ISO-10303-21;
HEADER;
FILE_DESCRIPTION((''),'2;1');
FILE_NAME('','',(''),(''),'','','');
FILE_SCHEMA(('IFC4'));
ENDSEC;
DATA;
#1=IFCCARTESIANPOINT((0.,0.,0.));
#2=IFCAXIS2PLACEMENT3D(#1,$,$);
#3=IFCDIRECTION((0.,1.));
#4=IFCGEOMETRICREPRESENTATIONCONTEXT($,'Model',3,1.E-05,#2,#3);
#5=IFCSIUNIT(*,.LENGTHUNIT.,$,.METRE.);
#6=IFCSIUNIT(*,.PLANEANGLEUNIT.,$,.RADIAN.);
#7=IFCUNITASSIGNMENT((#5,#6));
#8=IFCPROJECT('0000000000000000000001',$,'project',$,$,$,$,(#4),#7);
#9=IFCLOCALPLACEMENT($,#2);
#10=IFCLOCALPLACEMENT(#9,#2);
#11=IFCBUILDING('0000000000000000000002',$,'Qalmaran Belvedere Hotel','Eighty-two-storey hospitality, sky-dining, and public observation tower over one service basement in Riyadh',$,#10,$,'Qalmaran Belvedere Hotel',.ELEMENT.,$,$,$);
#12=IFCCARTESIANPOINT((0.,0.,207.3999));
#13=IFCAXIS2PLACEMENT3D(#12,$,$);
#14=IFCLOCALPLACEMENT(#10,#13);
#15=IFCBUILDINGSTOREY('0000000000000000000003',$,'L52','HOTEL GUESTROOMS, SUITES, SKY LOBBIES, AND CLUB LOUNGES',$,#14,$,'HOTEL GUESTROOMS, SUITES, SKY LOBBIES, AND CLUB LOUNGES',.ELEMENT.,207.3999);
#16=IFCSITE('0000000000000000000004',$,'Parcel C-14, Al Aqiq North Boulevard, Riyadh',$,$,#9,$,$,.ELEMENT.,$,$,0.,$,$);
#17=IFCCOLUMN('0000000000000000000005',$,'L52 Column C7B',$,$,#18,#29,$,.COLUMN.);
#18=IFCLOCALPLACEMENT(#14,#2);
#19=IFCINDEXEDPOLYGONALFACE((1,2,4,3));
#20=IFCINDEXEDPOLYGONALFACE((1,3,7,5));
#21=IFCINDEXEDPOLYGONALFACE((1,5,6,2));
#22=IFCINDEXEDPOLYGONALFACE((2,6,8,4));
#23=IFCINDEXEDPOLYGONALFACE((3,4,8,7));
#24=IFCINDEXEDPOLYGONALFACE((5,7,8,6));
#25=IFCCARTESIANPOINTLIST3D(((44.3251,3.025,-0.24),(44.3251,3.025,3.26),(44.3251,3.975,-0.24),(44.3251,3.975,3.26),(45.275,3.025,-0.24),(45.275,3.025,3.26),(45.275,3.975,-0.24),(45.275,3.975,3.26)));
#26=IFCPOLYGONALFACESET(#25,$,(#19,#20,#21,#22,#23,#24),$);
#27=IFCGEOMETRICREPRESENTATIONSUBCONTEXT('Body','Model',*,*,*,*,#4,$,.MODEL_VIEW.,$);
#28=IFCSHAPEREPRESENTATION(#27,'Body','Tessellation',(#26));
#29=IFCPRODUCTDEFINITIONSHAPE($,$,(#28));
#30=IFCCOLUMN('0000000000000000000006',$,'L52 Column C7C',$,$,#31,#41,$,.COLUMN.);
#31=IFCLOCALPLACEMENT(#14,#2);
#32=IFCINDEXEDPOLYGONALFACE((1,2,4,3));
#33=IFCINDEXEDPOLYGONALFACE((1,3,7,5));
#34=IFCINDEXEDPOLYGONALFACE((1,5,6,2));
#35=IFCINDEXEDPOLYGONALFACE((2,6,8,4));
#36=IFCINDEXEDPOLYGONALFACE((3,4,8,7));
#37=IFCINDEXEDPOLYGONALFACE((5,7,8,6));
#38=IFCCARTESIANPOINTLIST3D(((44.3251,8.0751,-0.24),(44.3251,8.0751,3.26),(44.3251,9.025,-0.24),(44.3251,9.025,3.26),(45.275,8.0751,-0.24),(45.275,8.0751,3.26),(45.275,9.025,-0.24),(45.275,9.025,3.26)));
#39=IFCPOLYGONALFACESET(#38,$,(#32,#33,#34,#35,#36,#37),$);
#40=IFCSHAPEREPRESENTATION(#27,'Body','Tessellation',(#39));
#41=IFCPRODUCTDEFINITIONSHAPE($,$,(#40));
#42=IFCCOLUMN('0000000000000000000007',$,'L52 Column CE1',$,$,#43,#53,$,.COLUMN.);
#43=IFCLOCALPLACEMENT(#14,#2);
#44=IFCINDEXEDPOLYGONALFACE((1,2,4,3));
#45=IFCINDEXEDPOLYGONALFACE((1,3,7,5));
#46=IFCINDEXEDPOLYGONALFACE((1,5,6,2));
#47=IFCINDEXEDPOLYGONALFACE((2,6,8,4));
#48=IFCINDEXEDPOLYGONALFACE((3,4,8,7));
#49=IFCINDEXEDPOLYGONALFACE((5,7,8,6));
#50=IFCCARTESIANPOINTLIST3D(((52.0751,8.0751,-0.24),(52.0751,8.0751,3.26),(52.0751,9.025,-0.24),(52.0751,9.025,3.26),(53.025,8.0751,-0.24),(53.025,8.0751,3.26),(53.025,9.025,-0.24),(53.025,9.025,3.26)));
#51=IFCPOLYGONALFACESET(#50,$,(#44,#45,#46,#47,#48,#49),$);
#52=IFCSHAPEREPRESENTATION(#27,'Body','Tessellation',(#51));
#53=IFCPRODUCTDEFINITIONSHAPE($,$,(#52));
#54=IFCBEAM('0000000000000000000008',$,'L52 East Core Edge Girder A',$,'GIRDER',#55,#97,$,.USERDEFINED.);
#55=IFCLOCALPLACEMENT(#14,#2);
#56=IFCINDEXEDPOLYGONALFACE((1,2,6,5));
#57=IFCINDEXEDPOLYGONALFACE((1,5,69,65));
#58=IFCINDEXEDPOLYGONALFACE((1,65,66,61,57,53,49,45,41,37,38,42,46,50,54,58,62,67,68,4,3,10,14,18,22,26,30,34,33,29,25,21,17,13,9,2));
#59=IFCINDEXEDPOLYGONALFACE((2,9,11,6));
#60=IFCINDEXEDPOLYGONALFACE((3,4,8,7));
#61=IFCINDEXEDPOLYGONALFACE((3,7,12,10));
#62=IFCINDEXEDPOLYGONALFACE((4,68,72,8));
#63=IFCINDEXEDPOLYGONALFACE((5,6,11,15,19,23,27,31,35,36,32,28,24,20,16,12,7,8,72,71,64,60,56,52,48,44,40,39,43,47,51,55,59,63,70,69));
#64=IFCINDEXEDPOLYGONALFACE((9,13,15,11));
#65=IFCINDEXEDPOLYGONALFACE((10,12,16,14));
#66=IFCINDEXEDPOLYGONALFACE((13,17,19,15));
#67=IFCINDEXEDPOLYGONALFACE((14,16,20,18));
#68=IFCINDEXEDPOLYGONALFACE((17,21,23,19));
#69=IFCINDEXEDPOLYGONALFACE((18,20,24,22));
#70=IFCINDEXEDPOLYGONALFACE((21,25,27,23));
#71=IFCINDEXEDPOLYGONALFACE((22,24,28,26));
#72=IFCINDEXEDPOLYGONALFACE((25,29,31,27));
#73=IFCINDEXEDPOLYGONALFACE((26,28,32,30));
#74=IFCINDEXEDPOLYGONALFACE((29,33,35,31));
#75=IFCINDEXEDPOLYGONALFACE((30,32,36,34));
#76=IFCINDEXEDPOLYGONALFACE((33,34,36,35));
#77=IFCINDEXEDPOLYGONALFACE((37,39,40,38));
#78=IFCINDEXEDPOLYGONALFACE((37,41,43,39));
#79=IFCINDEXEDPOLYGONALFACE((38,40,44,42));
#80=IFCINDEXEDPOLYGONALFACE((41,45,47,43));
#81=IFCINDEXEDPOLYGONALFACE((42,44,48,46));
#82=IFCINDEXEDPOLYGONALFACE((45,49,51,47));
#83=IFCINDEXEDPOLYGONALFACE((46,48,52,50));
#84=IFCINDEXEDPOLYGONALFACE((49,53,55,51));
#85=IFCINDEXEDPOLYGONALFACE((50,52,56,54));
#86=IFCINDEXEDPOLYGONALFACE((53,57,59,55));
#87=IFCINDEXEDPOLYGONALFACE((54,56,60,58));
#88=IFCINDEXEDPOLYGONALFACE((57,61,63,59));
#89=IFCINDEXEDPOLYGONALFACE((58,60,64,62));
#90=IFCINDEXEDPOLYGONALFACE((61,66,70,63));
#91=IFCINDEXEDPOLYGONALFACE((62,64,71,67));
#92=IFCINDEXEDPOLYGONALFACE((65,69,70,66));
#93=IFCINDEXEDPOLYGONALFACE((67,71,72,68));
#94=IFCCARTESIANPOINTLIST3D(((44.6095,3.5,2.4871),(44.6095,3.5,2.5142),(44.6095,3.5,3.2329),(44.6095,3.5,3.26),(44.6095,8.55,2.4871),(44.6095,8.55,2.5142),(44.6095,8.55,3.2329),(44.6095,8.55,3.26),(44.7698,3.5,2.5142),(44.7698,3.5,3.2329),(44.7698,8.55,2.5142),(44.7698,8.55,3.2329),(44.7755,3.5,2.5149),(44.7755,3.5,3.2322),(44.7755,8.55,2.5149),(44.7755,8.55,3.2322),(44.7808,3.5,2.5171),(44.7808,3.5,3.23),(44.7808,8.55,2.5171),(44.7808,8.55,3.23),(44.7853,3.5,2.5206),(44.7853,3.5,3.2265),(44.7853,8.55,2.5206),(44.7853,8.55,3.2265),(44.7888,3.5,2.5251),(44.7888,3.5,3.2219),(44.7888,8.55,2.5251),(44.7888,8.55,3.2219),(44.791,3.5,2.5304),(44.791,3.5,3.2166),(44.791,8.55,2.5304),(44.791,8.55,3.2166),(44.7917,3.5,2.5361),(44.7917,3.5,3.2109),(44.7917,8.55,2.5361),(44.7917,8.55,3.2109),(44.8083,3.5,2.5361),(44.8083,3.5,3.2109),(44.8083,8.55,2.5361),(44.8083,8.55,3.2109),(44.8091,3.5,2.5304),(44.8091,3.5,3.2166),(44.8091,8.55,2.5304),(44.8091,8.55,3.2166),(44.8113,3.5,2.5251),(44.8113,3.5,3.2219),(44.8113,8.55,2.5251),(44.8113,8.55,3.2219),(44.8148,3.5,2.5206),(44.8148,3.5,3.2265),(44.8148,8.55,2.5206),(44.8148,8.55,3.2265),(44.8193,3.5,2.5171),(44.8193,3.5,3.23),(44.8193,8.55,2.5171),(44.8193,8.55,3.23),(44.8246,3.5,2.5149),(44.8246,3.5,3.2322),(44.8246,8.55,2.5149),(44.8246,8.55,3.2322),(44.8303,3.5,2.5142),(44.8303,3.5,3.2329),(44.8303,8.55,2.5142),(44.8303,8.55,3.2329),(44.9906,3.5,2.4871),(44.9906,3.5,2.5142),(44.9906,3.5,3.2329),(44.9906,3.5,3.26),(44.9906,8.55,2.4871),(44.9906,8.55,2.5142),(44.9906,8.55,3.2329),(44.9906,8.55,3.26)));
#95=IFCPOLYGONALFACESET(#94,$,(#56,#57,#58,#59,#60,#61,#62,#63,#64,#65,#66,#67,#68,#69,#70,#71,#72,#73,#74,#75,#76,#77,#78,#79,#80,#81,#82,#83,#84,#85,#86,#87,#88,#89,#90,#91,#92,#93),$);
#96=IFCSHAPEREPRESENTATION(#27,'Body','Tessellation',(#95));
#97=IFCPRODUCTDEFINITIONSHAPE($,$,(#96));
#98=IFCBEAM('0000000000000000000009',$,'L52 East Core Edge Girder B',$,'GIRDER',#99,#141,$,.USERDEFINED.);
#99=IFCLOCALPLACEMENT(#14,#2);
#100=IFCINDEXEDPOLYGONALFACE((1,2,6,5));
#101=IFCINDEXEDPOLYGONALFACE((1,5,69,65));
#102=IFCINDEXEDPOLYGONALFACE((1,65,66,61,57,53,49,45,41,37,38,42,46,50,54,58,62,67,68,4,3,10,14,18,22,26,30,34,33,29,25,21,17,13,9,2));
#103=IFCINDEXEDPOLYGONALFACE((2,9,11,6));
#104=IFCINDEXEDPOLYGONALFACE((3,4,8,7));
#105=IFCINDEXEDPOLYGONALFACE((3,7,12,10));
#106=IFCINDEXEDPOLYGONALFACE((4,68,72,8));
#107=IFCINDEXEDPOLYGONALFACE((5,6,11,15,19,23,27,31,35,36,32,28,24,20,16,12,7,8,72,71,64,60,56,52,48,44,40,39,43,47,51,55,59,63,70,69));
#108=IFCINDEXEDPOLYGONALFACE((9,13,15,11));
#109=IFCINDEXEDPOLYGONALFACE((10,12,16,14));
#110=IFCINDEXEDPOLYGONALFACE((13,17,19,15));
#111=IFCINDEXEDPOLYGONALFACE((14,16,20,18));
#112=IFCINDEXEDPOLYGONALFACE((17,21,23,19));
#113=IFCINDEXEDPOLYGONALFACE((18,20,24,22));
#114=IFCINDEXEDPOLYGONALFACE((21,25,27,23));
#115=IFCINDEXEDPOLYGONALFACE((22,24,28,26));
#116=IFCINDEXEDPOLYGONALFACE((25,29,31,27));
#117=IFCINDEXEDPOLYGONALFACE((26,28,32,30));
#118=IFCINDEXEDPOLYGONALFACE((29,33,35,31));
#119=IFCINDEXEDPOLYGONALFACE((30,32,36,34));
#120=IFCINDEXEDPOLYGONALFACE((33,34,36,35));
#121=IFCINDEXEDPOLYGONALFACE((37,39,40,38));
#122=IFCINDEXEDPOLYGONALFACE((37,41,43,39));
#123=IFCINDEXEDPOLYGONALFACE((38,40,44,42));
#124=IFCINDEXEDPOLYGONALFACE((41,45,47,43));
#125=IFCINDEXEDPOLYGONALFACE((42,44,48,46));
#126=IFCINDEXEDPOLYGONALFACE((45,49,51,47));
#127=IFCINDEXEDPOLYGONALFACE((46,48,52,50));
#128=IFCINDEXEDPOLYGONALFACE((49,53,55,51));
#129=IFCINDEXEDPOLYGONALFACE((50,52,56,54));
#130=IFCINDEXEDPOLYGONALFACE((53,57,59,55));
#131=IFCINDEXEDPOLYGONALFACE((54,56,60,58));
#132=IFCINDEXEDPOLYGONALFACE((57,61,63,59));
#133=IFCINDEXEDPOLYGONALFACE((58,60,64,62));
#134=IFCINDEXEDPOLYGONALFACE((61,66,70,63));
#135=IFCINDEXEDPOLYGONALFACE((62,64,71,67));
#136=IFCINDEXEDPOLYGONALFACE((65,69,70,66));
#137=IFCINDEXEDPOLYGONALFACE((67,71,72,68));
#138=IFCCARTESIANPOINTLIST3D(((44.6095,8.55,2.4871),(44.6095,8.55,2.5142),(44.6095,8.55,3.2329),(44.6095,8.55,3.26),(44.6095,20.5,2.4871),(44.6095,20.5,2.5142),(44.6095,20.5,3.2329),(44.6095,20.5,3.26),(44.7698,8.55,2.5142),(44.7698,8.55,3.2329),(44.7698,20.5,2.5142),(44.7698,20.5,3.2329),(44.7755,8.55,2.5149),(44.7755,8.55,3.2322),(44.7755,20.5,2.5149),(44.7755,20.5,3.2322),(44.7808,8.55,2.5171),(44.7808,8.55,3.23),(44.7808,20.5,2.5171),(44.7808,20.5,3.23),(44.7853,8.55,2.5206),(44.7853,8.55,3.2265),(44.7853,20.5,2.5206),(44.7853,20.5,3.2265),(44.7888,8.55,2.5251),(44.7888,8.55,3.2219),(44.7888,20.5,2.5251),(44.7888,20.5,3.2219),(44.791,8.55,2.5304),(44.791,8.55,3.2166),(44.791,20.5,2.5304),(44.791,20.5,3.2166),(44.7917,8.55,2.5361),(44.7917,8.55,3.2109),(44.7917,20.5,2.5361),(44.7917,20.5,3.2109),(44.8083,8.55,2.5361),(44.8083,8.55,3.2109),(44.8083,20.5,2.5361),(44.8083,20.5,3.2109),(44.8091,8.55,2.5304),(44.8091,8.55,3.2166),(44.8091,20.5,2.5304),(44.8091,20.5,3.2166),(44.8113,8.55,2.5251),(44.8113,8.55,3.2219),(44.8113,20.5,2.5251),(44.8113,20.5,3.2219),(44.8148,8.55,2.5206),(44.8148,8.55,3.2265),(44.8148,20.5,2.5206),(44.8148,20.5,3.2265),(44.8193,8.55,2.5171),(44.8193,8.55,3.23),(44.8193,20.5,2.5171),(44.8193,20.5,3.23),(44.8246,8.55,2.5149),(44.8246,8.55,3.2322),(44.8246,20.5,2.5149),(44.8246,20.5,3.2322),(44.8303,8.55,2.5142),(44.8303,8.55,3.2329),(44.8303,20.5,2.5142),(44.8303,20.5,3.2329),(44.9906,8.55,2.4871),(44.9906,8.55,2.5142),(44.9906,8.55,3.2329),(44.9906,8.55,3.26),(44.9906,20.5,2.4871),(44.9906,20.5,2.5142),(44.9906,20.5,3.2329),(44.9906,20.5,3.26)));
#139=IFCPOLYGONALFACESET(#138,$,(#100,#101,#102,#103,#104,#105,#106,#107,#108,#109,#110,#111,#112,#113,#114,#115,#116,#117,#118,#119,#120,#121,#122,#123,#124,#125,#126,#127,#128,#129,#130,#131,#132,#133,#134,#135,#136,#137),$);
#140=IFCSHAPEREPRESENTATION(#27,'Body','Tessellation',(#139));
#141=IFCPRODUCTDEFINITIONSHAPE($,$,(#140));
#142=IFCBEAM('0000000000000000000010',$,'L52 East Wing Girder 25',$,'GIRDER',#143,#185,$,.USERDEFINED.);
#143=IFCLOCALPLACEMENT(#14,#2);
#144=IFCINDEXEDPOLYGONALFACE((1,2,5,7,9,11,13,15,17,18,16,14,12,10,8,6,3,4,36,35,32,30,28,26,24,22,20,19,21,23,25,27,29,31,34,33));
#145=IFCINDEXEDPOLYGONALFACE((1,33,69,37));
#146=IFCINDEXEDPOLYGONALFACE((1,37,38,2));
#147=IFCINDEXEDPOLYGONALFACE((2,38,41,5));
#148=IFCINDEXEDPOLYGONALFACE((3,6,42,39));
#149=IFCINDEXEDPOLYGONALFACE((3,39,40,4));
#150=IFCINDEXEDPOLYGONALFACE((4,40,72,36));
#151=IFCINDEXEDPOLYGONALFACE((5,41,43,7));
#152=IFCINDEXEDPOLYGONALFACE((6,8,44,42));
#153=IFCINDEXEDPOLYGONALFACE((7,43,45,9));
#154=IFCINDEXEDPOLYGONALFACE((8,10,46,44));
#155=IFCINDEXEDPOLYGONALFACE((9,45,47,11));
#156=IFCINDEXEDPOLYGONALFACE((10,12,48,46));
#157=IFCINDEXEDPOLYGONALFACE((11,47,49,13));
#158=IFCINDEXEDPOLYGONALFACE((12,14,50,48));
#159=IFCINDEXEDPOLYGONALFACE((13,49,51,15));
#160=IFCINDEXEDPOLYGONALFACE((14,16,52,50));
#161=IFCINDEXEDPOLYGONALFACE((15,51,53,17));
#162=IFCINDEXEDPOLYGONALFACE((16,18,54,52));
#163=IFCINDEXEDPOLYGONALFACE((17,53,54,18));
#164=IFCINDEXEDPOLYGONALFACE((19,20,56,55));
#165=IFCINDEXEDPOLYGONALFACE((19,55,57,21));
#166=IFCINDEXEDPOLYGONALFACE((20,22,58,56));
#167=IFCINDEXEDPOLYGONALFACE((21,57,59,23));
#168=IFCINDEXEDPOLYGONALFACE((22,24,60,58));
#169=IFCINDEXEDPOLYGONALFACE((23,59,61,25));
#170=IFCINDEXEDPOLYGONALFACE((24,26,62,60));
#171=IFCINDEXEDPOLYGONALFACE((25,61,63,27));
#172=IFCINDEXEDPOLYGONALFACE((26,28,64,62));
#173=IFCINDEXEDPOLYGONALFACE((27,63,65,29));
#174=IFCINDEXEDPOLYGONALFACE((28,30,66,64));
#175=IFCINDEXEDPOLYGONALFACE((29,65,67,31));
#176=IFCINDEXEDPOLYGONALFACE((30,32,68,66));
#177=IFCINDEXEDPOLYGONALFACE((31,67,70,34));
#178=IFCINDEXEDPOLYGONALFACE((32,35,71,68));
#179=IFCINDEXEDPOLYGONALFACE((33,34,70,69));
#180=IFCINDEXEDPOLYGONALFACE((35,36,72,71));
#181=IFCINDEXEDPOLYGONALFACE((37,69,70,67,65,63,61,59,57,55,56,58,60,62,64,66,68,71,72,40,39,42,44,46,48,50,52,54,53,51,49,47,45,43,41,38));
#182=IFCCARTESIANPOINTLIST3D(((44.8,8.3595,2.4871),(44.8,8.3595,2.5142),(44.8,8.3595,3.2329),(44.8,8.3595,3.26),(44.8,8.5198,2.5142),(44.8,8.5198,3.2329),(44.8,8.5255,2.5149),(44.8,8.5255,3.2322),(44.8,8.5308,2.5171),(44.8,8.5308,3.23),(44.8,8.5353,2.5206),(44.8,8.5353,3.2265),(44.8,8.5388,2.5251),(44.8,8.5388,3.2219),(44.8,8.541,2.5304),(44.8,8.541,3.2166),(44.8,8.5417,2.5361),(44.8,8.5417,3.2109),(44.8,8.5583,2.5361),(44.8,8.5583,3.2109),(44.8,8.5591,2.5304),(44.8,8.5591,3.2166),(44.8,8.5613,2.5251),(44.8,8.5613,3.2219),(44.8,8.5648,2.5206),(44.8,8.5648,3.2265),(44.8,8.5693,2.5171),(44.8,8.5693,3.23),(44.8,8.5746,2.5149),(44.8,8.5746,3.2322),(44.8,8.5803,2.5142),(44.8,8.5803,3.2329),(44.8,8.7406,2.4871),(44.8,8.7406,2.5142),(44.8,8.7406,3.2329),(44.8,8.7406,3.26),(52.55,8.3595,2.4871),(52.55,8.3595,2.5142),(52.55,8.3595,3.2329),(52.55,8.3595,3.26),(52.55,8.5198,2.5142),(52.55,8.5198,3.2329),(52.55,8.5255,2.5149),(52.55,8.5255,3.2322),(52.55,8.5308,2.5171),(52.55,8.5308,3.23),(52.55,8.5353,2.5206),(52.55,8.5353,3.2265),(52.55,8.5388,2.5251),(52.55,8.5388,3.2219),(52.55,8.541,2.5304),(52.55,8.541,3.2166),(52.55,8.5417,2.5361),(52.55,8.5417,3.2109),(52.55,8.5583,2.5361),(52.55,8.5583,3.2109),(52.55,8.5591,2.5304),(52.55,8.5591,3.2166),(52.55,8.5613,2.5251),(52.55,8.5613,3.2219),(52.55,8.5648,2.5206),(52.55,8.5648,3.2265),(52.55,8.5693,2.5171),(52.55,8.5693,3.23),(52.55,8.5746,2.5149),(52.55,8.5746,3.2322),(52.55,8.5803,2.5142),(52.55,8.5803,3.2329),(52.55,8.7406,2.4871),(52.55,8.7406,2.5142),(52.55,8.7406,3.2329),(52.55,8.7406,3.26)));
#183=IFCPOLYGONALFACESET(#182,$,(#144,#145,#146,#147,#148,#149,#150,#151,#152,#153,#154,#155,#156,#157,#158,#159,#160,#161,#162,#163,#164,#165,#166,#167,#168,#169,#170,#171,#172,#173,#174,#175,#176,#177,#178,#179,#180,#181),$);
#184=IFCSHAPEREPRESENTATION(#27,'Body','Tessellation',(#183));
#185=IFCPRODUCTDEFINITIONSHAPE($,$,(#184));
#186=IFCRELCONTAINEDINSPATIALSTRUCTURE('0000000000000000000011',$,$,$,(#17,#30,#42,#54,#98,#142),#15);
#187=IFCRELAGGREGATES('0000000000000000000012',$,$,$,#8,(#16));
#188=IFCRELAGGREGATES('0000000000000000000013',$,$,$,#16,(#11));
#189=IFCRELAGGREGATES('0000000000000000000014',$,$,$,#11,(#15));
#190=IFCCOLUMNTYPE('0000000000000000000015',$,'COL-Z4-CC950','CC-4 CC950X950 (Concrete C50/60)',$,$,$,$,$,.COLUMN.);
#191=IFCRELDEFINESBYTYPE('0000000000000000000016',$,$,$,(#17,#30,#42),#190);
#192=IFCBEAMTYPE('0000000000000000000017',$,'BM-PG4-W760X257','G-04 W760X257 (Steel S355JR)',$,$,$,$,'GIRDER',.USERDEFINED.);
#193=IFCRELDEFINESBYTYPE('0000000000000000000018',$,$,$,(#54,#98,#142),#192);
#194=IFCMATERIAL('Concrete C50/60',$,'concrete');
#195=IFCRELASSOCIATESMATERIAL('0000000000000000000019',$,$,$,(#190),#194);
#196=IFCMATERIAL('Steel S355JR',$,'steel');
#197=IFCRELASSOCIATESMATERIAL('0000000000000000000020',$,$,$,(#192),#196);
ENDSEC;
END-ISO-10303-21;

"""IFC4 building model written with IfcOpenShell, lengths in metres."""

from ifc_helpers import new_model, si_unit, direction, frame, origin, origin_2d, place, context, subcontext, project, spatial, rectangle, i_section, extrude, material, material_profile, profile_set, type_object, element, save


model = new_model("IFC4")

# Units and contexts
model_context = context("Model", 3, precision=1e-05, world=origin(), true_north=direction((0.0, 1.0)))
body_context = subcontext(model_context, "Body", "Model", "MODEL_VIEW")
ifc_project = project(units=[si_unit("LENGTHUNIT", "METRE"), si_unit("PLANEANGLEUNIT", "RADIAN")], contexts=[model_context])

# Site, building, storey
site_placement = place(None, origin())
site = spatial("IfcSite", under=ifc_project, at=site_placement, Name="Parcel C-14, Al Aqiq North Boulevard, Riyadh", CompositionType="ELEMENT", RefElevation=0.0)
building_placement = place(site_placement, origin())
building = spatial("IfcBuilding", under=site, at=building_placement, Name="Qalmaran Belvedere Hotel", Description="Eighty-two-storey hospitality, sky-dining, and public observation tower over one service basement in Riyadh", LongName="Qalmaran Belvedere Hotel", CompositionType="ELEMENT")
storey_placement = place(building_placement, frame((0.0, 0.0, 207.3999)))
storey = spatial("IfcBuildingStorey", under=building, at=storey_placement, Name="L52", Description="HOTEL GUESTROOMS, SUITES, SKY LOBBIES, AND CLUB LOUNGES", LongName="HOTEL GUESTROOMS, SUITES, SKY LOBBIES, AND CLUB LOUNGES", CompositionType="ELEMENT", Elevation=207.3999)

# Columns
ifc_material_1 = material(Name="Concrete C50/60", Category="concrete")
ifc_material_profile_1 = material_profile(ifc_material_1, rectangle(XDim=0.95, YDim=0.95, at=origin_2d()), Name="CC950X950")
ifc_profile_set_1 = profile_set([ifc_material_profile_1], Name="Concrete C50/60")
column_type = type_object("IfcColumnType", Name="COL-Z4-CC950", Description="CC-4 CC950X950 (Concrete C50/60)", PredefinedType="COLUMN", material=ifc_profile_set_1)
for number, where, z_axis, x_axis, name in (
    (1, (44.8, 3.5, -0.24), (0.0, 0.0, 1.0), (1.0, 0.0, 0.0), "L52 Column C7B"),
    (2, (44.8, 8.55, -0.24), (0.0, 0.0, 1.0), (1.0, 0.0, 0.0), "L52 Column C7C"),
    (3, (52.55, 8.55, -0.24), (0.0, 0.0, 1.0), (1.0, 0.0, 0.0), "L52 Column CE1"),
):
    element("IfcColumn", number, at=place(storey_placement, frame(where, z_axis=z_axis, x_axis=x_axis)), inside=storey, type_object=column_type, Name=name, PredefinedType="COLUMN", context=body_context, shape_type="SweptSolid", body=[
        extrude(rectangle(XDim=0.95, YDim=0.95, at=origin_2d()), origin(), (0.0, 0.0, 1.0), 3.5),
    ])

# Beams
ifc_material_2 = material(Name="Steel S355JR", Category="steel")
ifc_material_profile_2 = material_profile(ifc_material_2, i_section(OverallWidth=0.3811, OverallDepth=0.7729, WebThickness=0.0166, FlangeThickness=0.0271, FilletRadius=0.022, at=origin_2d()), Name="W760X257")
ifc_profile_set_2 = profile_set([ifc_material_profile_2], Name="Steel S355JR")
beam_type_1 = type_object("IfcBeamType", Name="BM-PG4-W760X257", Description="G-04 W760X257 (Steel S355JR)", ElementType="GIRDER", PredefinedType="USERDEFINED", material=ifc_profile_set_2)
beam_1_placement = place(storey_placement, frame((44.8, 3.5, 2.8735), z_axis=(0.0, 1.0, 0.0), x_axis=(-1.0, 0.0, 0.0)))
element("IfcBeam", 4, at=beam_1_placement, inside=storey, type_object=beam_type_1, Name="L52 East Core Edge Girder A", ObjectType="GIRDER", PredefinedType="USERDEFINED", context=body_context, shape_type="SweptSolid", body=[
    extrude(i_section(OverallWidth=0.3811, OverallDepth=0.7729, WebThickness=0.0166, FlangeThickness=0.0271, FilletRadius=0.022, at=origin_2d()), origin(), (0.0, 0.0, 1.0), 5.05),
])
beam_2_placement = place(storey_placement, frame((44.8, 8.55, 2.8735), z_axis=(0.0, 1.0, 0.0), x_axis=(-1.0, 0.0, 0.0)))
element("IfcBeam", 5, at=beam_2_placement, inside=storey, type_object=beam_type_1, Name="L52 East Core Edge Girder B", ObjectType="GIRDER", PredefinedType="USERDEFINED", context=body_context, shape_type="SweptSolid", body=[
    extrude(i_section(OverallWidth=0.3811, OverallDepth=0.7729, WebThickness=0.0166, FlangeThickness=0.0271, FilletRadius=0.022, at=origin_2d()), origin(), (0.0, 0.0, 1.0), 11.95),
])
beam_3_placement = place(storey_placement, frame((44.8, 8.55, 2.8735), z_axis=(1.0, 0.0, 0.0), x_axis=(0.0, 1.0, 0.0)))
element("IfcBeam", 6, at=beam_3_placement, inside=storey, type_object=beam_type_1, Name="L52 East Wing Girder 25", ObjectType="GIRDER", PredefinedType="USERDEFINED", context=body_context, shape_type="SweptSolid", body=[
    extrude(i_section(OverallWidth=0.3811, OverallDepth=0.7729, WebThickness=0.0166, FlangeThickness=0.0271, FilletRadius=0.022, at=origin_2d()), origin(), (0.0, 0.0, 1.0), 7.75),
])

save(model, "model.ifc")
